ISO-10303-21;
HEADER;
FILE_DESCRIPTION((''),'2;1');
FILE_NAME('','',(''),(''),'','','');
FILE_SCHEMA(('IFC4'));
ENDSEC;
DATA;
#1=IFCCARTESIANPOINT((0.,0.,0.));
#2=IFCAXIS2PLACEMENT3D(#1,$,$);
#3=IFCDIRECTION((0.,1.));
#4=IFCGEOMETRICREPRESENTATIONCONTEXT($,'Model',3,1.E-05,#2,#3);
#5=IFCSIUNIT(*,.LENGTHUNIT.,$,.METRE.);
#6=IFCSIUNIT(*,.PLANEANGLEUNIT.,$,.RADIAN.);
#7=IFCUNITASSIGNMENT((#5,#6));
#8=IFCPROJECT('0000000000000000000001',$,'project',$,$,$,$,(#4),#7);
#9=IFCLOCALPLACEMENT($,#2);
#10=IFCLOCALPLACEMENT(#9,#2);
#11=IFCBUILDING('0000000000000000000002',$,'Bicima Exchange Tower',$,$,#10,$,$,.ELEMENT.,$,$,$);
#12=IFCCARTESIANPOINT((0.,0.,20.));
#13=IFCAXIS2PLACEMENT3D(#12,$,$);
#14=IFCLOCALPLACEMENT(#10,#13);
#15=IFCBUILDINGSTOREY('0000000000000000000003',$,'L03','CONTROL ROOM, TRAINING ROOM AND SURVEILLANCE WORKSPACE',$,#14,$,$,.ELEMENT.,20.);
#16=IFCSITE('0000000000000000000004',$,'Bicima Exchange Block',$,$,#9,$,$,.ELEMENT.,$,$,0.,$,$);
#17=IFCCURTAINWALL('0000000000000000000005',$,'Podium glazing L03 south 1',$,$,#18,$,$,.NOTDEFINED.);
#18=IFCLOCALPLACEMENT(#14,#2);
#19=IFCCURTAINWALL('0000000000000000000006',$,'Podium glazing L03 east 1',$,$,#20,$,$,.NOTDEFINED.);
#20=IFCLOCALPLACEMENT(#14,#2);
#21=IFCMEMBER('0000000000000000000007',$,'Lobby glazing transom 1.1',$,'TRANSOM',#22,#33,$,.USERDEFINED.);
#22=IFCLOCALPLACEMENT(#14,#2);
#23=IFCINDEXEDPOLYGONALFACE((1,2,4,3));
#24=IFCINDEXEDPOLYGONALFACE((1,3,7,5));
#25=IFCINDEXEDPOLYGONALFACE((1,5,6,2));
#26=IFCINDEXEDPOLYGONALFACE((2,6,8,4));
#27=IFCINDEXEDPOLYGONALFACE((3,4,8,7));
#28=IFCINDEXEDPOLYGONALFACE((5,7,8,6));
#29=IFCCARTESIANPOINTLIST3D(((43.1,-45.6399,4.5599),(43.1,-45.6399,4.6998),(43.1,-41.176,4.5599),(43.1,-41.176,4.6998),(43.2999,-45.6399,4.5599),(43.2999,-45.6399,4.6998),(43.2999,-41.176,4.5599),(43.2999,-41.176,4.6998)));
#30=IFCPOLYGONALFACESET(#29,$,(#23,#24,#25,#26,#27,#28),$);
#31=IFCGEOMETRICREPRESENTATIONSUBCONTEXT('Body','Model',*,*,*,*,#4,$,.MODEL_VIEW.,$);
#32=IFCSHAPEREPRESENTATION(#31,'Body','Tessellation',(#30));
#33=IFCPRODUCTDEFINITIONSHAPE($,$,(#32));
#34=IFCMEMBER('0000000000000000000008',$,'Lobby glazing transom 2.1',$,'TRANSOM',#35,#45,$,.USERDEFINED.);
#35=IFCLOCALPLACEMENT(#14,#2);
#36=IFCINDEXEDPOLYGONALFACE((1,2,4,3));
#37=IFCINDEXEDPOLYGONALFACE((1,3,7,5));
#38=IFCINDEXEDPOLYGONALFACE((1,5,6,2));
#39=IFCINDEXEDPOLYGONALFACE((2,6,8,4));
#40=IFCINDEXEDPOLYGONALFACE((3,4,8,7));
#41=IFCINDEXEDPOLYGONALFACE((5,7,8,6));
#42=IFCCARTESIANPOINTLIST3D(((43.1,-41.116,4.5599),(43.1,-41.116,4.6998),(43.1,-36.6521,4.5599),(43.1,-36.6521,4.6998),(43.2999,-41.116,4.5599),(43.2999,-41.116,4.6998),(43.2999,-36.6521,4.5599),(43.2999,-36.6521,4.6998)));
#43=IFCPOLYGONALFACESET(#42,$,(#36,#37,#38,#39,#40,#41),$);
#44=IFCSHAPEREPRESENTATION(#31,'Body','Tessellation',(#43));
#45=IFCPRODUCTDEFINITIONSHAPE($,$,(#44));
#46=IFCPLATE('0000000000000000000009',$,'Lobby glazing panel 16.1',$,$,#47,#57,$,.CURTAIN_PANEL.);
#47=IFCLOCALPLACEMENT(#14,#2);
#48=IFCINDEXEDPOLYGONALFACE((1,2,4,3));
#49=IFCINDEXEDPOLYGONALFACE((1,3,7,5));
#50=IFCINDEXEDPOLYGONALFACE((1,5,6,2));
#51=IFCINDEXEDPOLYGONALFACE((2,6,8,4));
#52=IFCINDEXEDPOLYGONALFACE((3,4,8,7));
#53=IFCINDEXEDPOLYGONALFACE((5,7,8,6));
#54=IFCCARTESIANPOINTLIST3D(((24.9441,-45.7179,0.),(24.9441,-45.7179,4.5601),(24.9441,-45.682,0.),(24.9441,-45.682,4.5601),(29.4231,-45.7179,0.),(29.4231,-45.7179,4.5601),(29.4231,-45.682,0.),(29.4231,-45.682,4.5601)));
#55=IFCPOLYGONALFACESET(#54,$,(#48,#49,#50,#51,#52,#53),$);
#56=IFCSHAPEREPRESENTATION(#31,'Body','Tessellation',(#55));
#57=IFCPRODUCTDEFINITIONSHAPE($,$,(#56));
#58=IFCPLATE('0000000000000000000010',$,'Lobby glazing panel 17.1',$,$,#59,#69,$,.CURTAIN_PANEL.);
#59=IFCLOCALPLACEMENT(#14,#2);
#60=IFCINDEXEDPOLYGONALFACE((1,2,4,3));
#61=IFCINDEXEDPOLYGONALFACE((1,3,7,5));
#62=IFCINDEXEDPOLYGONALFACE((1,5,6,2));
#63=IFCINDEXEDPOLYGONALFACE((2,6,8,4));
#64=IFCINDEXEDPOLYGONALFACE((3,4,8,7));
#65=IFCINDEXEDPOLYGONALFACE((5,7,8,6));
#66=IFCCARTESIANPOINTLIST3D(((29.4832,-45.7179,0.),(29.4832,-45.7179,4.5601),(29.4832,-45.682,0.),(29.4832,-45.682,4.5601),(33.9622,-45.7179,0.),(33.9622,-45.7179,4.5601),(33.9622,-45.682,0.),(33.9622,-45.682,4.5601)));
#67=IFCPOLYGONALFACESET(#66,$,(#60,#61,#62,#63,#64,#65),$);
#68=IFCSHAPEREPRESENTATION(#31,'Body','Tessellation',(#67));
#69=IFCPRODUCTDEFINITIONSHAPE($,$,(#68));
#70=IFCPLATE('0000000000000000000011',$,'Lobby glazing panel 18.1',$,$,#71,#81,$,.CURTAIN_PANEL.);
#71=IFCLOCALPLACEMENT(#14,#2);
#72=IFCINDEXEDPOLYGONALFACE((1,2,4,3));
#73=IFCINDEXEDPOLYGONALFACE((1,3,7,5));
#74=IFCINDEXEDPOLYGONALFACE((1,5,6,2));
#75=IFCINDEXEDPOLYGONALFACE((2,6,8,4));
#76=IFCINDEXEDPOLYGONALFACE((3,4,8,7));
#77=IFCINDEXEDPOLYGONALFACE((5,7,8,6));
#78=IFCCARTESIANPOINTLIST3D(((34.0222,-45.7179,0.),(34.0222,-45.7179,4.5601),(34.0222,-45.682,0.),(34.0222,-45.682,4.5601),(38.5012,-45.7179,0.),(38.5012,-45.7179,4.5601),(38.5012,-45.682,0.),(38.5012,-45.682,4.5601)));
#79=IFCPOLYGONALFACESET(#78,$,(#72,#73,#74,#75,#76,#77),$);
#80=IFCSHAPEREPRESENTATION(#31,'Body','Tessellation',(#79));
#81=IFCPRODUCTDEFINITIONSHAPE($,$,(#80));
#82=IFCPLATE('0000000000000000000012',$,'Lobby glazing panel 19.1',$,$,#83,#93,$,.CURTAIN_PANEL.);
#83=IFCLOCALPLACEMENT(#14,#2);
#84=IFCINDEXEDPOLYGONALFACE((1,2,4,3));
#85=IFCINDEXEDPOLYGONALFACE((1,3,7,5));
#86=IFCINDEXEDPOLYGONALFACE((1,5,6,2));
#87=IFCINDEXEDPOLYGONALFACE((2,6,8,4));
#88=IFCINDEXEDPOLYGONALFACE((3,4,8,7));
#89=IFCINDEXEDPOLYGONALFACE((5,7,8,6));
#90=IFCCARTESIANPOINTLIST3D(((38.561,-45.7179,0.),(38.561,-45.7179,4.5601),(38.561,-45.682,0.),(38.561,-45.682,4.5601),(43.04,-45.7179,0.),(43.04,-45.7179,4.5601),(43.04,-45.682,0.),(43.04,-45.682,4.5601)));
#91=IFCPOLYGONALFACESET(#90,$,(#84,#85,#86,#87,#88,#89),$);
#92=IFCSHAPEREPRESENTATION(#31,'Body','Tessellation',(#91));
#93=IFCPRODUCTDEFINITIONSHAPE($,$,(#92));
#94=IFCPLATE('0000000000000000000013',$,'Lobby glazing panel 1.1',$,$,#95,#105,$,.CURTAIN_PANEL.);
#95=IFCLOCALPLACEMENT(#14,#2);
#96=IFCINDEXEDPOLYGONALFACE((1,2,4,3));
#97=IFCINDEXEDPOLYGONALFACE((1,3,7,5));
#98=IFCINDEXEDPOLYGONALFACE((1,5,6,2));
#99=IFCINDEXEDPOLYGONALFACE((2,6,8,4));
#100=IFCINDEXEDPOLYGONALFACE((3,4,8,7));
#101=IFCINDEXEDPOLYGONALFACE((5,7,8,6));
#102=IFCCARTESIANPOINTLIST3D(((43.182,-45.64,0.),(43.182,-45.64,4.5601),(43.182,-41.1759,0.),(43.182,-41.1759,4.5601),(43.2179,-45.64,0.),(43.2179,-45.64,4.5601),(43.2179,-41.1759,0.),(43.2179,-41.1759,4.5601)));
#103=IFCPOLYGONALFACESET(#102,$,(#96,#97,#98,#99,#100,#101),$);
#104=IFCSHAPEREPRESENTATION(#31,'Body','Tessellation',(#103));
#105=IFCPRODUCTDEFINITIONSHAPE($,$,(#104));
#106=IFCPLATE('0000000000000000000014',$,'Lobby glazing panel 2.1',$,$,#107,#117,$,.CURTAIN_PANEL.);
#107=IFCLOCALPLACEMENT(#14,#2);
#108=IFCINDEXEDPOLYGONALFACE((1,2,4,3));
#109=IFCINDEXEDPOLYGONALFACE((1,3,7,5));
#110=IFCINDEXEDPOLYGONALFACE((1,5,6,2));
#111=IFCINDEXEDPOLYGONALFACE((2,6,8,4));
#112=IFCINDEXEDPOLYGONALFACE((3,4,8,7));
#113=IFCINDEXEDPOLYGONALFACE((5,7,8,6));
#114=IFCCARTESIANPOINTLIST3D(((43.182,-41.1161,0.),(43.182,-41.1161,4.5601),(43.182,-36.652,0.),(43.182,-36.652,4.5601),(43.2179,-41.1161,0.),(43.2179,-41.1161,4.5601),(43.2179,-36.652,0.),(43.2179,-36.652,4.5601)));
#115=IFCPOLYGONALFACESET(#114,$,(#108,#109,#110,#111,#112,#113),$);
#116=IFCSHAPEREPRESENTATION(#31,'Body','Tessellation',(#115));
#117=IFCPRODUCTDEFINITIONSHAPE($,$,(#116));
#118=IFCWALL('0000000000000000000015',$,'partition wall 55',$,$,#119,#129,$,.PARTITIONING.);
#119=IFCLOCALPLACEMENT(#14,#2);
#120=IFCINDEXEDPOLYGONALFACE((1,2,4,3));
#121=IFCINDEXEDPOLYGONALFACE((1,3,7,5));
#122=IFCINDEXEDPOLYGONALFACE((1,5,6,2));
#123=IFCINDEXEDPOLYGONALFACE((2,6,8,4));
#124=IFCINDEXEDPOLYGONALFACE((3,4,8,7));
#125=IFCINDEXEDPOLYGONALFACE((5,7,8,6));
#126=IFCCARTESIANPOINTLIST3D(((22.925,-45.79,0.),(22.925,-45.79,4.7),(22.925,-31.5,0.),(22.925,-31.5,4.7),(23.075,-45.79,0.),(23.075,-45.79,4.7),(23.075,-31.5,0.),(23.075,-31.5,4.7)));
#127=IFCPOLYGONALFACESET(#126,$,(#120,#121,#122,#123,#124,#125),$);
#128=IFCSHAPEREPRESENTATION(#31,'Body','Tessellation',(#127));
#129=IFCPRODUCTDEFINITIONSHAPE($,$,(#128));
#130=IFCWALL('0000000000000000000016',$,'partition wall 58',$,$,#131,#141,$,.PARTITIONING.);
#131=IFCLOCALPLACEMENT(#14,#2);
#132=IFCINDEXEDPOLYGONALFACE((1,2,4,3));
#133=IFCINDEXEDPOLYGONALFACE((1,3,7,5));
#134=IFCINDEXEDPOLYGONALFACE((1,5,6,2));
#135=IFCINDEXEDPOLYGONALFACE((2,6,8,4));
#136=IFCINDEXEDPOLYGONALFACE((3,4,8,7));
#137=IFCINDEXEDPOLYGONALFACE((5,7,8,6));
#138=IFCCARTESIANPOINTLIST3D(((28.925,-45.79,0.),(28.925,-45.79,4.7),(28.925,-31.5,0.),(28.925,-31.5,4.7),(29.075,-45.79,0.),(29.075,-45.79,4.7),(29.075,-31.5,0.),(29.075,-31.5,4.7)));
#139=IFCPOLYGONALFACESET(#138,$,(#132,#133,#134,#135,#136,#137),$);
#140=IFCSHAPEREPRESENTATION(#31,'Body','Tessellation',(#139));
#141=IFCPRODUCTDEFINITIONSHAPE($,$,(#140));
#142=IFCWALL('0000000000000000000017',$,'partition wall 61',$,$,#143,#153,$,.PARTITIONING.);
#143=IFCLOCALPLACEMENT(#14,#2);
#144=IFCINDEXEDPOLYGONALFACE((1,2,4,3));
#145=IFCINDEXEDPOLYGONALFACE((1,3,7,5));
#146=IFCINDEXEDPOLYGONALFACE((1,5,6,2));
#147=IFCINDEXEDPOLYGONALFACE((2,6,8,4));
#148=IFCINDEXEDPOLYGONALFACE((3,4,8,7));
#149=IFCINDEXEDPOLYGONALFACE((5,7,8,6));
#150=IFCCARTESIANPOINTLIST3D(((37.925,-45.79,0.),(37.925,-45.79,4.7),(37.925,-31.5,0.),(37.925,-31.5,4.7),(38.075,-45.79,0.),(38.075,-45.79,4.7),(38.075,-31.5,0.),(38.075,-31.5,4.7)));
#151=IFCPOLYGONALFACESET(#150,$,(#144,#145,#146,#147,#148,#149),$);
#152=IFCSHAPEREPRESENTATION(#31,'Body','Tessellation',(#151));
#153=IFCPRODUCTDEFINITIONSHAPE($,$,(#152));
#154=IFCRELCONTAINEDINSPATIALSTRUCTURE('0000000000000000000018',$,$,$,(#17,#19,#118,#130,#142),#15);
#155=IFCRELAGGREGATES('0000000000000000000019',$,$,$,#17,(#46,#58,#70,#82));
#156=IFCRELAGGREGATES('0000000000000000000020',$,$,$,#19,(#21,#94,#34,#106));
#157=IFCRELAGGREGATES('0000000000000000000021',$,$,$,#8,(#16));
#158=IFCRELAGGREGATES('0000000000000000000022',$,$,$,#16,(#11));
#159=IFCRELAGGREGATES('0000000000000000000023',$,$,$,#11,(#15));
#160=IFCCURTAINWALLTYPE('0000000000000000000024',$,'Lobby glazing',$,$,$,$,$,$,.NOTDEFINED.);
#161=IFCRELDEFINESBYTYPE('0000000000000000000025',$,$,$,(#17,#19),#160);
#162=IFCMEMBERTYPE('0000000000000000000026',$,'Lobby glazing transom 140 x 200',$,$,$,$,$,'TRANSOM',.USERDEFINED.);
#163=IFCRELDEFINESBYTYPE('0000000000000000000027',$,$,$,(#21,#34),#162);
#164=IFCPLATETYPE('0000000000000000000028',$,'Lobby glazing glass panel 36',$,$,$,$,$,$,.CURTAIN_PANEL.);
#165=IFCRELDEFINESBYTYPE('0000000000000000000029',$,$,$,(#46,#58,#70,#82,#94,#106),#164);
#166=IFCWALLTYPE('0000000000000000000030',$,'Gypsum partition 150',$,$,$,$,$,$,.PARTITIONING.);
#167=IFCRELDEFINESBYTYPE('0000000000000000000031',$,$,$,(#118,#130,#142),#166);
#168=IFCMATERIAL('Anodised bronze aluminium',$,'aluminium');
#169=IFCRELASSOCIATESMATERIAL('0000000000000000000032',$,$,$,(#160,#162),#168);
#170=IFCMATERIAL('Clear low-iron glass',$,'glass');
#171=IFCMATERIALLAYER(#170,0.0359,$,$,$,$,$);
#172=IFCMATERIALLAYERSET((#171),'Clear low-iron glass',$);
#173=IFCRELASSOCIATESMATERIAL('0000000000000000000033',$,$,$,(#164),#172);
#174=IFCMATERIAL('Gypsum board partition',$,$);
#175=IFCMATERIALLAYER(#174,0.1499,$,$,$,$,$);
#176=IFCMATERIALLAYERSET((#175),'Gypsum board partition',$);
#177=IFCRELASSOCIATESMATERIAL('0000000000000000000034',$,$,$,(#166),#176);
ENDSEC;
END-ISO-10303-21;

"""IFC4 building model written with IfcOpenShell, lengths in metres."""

from ifc_helpers import new_model, si_unit, direction, frame, frame_2d, origin, origin_2d, place, context, subcontext, project, spatial, rectangle, extrude, material, layer, layer_set, material_profile, profile_set, type_object, element, aggregate, save


model = new_model("IFC4")

# Units and contexts
model_context = context("Model", 3, precision=1e-05, world=origin(), true_north=direction((0.0, 1.0)))
body_context = subcontext(model_context, "Body", "Model", "MODEL_VIEW")
ifc_project = project(units=[si_unit("LENGTHUNIT", "METRE"), si_unit("PLANEANGLEUNIT", "RADIAN")], contexts=[model_context])

# Site, building, storey
site_placement = place(None, origin())
site = spatial("IfcSite", under=ifc_project, at=site_placement, Name="Bicima Exchange Block", CompositionType="ELEMENT", RefElevation=0.0)
building_placement = place(site_placement, origin())
building = spatial("IfcBuilding", under=site, at=building_placement, Name="Bicima Exchange Tower", CompositionType="ELEMENT")
storey_placement = place(building_placement, frame((0.0, 0.0, 20.0)))
storey = spatial("IfcBuildingStorey", under=building, at=storey_placement, Name="L03", Description="CONTROL ROOM, TRAINING ROOM AND SURVEILLANCE WORKSPACE", CompositionType="ELEMENT", Elevation=20.0)

# Curtain walls
ifc_material_1 = material(Name="Anodised bronze aluminium", Category="aluminium")
curtain_wall_type = type_object("IfcCurtainWallType", Name="Lobby glazing", PredefinedType="NOTDEFINED", material=ifc_material_1)
curtain_wall_1_placement = place(storey_placement, origin())
curtain_wall_1 = element("IfcCurtainWall", 1, at=curtain_wall_1_placement, inside=storey, type_object=curtain_wall_type, Name="Podium glazing L03 south 1", PredefinedType="NOTDEFINED")
curtain_wall_2_placement = place(storey_placement, origin())
curtain_wall_2 = element("IfcCurtainWall", 2, at=curtain_wall_2_placement, inside=storey, type_object=curtain_wall_type, Name="Podium glazing L03 east 1", PredefinedType="NOTDEFINED")

# Members
ifc_material_profile_1 = material_profile(ifc_material_1, rectangle(XDim=0.2, YDim=0.1399, at=origin_2d()))
ifc_profile_set_1 = profile_set([ifc_material_profile_1], Name="Anodised bronze aluminium")
member_type_1 = type_object("IfcMemberType", Name="Lobby glazing transom 140 x 200", ElementType="TRANSOM", PredefinedType="USERDEFINED", material=ifc_profile_set_1)
member_1_placement = place(storey_placement, frame((43.2, -45.6399, 4.6299), z_axis=(0.0, 1.0, 0.0), x_axis=(-1.0, 0.0, 0.0)))
member_1 = element("IfcMember", 3, at=member_1_placement, type_object=member_type_1, Name="Lobby glazing transom 1.1", ObjectType="TRANSOM", PredefinedType="USERDEFINED", context=body_context, shape_type="SweptSolid", body=[
    extrude(rectangle(XDim=0.2, YDim=0.1399, at=origin_2d()), origin(), (0.0, 0.0, 1.0), 4.4639),
])
member_2_placement = place(storey_placement, frame((43.2, -41.116, 4.6299), z_axis=(0.0, 1.0, 0.0), x_axis=(-1.0, 0.0, 0.0)))
member_2 = element("IfcMember", 4, at=member_2_placement, type_object=member_type_1, Name="Lobby glazing transom 2.1", ObjectType="TRANSOM", PredefinedType="USERDEFINED", context=body_context, shape_type="SweptSolid", body=[
    extrude(rectangle(XDim=0.2, YDim=0.1399, at=origin_2d()), origin(), (0.0, 0.0, 1.0), 4.4639),
])

# Plates
ifc_material_2 = material(Name="Clear low-iron glass", Category="glass")
ifc_layer_1 = layer(ifc_material_2, 0.0359)
ifc_layer_set_1 = layer_set([ifc_layer_1], Name="Clear low-iron glass")
plate_type = type_object("IfcPlateType", Name="Lobby glazing glass panel 36", PredefinedType="CURTAIN_PANEL", material=ifc_layer_set_1)
plate_1_placement = place(storey_placement, frame((27.1836, -45.7, 0.0), z_axis=(0.0, 0.0, 1.0), x_axis=(1.0, 0.0, 0.0)))
plate_1 = element("IfcPlate", 5, at=plate_1_placement, type_object=plate_type, Name="Lobby glazing panel 16.1", PredefinedType="CURTAIN_PANEL", context=body_context, shape_type="SweptSolid", body=[
    extrude(rectangle(XDim=4.479, YDim=0.0359, at=origin_2d()), origin(), (0.0, 0.0, 1.0), 4.5601),
])
plate_2_placement = place(storey_placement, frame((31.7227, -45.7, 0.0), z_axis=(0.0, 0.0, 1.0), x_axis=(1.0, 0.0, 0.0)))
plate_2 = element("IfcPlate", 6, at=plate_2_placement, type_object=plate_type, Name="Lobby glazing panel 17.1", PredefinedType="CURTAIN_PANEL", context=body_context, shape_type="SweptSolid", body=[
    extrude(rectangle(XDim=4.479, YDim=0.0359, at=origin_2d()), origin(), (0.0, 0.0, 1.0), 4.5601),
])
plate_3_placement = place(storey_placement, frame((36.2617, -45.7, 0.0), z_axis=(0.0, 0.0, 1.0), x_axis=(1.0, 0.0, 0.0)))
plate_3 = element("IfcPlate", 7, at=plate_3_placement, type_object=plate_type, Name="Lobby glazing panel 18.1", PredefinedType="CURTAIN_PANEL", context=body_context, shape_type="SweptSolid", body=[
    extrude(rectangle(XDim=4.479, YDim=0.0359, at=origin_2d()), origin(), (0.0, 0.0, 1.0), 4.5601),
])
plate_4_placement = place(storey_placement, frame((40.8005, -45.7, 0.0), z_axis=(0.0, 0.0, 1.0), x_axis=(1.0, 0.0, 0.0)))
plate_4 = element("IfcPlate", 8, at=plate_4_placement, type_object=plate_type, Name="Lobby glazing panel 19.1", PredefinedType="CURTAIN_PANEL", context=body_context, shape_type="SweptSolid", body=[
    extrude(rectangle(XDim=4.479, YDim=0.0359, at=origin_2d()), origin(), (0.0, 0.0, 1.0), 4.5601),
])
aggregate(curtain_wall_1, [plate_1, plate_2, plate_3, plate_4])
plate_5_placement = place(storey_placement, frame((43.2, -43.408, 0.0), z_axis=(0.0, 0.0, 1.0), x_axis=(0.0, 1.0, 0.0)))
plate_5 = element("IfcPlate", 9, at=plate_5_placement, type_object=plate_type, Name="Lobby glazing panel 1.1", PredefinedType="CURTAIN_PANEL", context=body_context, shape_type="SweptSolid", body=[
    extrude(rectangle(XDim=4.4641, YDim=0.0359, at=origin_2d()), origin(), (0.0, 0.0, 1.0), 4.5601),
])
plate_6_placement = place(storey_placement, frame((43.2, -38.884, 0.0), z_axis=(0.0, 0.0, 1.0), x_axis=(0.0, 1.0, 0.0)))
plate_6 = element("IfcPlate", 10, at=plate_6_placement, type_object=plate_type, Name="Lobby glazing panel 2.1", PredefinedType="CURTAIN_PANEL", context=body_context, shape_type="SweptSolid", body=[
    extrude(rectangle(XDim=4.4641, YDim=0.0359, at=origin_2d()), origin(), (0.0, 0.0, 1.0), 4.5601),
])
aggregate(curtain_wall_2, [member_1, plate_5, member_2, plate_6])

# Walls
ifc_material_3 = material(Name="Gypsum board partition")
ifc_layer_2 = layer(ifc_material_3, 0.1499)
ifc_layer_set_2 = layer_set([ifc_layer_2], Name="Gypsum board partition")
wall_type = type_object("IfcWallType", Name="Gypsum partition 150", PredefinedType="PARTITIONING", material=ifc_layer_set_2)
for number, where, z_axis, x_axis, name in (
    (11, (23.0, -45.79, 0.0), (0.0, 0.0, 1.0), (0.0, 1.0, 0.0), "partition wall 55"),
    (12, (29.0, -45.79, 0.0), (0.0, 0.0, 1.0), (0.0, 1.0, 0.0), "partition wall 58"),
    (13, (38.0, -45.79, 0.0), (0.0, 0.0, 1.0), (0.0, 1.0, 0.0), "partition wall 61"),
):
    element("IfcWall", number, at=place(storey_placement, frame(where, z_axis=z_axis, x_axis=x_axis)), inside=storey, type_object=wall_type, Name=name, PredefinedType="PARTITIONING", context=body_context, shape_type="SweptSolid", body=[
        extrude(rectangle(XDim=14.29, YDim=0.1499, at=frame_2d((7.145, 0.0))), origin(), (0.0, 0.0, 1.0), 4.7),
    ])

save(model, "model.ifc")
